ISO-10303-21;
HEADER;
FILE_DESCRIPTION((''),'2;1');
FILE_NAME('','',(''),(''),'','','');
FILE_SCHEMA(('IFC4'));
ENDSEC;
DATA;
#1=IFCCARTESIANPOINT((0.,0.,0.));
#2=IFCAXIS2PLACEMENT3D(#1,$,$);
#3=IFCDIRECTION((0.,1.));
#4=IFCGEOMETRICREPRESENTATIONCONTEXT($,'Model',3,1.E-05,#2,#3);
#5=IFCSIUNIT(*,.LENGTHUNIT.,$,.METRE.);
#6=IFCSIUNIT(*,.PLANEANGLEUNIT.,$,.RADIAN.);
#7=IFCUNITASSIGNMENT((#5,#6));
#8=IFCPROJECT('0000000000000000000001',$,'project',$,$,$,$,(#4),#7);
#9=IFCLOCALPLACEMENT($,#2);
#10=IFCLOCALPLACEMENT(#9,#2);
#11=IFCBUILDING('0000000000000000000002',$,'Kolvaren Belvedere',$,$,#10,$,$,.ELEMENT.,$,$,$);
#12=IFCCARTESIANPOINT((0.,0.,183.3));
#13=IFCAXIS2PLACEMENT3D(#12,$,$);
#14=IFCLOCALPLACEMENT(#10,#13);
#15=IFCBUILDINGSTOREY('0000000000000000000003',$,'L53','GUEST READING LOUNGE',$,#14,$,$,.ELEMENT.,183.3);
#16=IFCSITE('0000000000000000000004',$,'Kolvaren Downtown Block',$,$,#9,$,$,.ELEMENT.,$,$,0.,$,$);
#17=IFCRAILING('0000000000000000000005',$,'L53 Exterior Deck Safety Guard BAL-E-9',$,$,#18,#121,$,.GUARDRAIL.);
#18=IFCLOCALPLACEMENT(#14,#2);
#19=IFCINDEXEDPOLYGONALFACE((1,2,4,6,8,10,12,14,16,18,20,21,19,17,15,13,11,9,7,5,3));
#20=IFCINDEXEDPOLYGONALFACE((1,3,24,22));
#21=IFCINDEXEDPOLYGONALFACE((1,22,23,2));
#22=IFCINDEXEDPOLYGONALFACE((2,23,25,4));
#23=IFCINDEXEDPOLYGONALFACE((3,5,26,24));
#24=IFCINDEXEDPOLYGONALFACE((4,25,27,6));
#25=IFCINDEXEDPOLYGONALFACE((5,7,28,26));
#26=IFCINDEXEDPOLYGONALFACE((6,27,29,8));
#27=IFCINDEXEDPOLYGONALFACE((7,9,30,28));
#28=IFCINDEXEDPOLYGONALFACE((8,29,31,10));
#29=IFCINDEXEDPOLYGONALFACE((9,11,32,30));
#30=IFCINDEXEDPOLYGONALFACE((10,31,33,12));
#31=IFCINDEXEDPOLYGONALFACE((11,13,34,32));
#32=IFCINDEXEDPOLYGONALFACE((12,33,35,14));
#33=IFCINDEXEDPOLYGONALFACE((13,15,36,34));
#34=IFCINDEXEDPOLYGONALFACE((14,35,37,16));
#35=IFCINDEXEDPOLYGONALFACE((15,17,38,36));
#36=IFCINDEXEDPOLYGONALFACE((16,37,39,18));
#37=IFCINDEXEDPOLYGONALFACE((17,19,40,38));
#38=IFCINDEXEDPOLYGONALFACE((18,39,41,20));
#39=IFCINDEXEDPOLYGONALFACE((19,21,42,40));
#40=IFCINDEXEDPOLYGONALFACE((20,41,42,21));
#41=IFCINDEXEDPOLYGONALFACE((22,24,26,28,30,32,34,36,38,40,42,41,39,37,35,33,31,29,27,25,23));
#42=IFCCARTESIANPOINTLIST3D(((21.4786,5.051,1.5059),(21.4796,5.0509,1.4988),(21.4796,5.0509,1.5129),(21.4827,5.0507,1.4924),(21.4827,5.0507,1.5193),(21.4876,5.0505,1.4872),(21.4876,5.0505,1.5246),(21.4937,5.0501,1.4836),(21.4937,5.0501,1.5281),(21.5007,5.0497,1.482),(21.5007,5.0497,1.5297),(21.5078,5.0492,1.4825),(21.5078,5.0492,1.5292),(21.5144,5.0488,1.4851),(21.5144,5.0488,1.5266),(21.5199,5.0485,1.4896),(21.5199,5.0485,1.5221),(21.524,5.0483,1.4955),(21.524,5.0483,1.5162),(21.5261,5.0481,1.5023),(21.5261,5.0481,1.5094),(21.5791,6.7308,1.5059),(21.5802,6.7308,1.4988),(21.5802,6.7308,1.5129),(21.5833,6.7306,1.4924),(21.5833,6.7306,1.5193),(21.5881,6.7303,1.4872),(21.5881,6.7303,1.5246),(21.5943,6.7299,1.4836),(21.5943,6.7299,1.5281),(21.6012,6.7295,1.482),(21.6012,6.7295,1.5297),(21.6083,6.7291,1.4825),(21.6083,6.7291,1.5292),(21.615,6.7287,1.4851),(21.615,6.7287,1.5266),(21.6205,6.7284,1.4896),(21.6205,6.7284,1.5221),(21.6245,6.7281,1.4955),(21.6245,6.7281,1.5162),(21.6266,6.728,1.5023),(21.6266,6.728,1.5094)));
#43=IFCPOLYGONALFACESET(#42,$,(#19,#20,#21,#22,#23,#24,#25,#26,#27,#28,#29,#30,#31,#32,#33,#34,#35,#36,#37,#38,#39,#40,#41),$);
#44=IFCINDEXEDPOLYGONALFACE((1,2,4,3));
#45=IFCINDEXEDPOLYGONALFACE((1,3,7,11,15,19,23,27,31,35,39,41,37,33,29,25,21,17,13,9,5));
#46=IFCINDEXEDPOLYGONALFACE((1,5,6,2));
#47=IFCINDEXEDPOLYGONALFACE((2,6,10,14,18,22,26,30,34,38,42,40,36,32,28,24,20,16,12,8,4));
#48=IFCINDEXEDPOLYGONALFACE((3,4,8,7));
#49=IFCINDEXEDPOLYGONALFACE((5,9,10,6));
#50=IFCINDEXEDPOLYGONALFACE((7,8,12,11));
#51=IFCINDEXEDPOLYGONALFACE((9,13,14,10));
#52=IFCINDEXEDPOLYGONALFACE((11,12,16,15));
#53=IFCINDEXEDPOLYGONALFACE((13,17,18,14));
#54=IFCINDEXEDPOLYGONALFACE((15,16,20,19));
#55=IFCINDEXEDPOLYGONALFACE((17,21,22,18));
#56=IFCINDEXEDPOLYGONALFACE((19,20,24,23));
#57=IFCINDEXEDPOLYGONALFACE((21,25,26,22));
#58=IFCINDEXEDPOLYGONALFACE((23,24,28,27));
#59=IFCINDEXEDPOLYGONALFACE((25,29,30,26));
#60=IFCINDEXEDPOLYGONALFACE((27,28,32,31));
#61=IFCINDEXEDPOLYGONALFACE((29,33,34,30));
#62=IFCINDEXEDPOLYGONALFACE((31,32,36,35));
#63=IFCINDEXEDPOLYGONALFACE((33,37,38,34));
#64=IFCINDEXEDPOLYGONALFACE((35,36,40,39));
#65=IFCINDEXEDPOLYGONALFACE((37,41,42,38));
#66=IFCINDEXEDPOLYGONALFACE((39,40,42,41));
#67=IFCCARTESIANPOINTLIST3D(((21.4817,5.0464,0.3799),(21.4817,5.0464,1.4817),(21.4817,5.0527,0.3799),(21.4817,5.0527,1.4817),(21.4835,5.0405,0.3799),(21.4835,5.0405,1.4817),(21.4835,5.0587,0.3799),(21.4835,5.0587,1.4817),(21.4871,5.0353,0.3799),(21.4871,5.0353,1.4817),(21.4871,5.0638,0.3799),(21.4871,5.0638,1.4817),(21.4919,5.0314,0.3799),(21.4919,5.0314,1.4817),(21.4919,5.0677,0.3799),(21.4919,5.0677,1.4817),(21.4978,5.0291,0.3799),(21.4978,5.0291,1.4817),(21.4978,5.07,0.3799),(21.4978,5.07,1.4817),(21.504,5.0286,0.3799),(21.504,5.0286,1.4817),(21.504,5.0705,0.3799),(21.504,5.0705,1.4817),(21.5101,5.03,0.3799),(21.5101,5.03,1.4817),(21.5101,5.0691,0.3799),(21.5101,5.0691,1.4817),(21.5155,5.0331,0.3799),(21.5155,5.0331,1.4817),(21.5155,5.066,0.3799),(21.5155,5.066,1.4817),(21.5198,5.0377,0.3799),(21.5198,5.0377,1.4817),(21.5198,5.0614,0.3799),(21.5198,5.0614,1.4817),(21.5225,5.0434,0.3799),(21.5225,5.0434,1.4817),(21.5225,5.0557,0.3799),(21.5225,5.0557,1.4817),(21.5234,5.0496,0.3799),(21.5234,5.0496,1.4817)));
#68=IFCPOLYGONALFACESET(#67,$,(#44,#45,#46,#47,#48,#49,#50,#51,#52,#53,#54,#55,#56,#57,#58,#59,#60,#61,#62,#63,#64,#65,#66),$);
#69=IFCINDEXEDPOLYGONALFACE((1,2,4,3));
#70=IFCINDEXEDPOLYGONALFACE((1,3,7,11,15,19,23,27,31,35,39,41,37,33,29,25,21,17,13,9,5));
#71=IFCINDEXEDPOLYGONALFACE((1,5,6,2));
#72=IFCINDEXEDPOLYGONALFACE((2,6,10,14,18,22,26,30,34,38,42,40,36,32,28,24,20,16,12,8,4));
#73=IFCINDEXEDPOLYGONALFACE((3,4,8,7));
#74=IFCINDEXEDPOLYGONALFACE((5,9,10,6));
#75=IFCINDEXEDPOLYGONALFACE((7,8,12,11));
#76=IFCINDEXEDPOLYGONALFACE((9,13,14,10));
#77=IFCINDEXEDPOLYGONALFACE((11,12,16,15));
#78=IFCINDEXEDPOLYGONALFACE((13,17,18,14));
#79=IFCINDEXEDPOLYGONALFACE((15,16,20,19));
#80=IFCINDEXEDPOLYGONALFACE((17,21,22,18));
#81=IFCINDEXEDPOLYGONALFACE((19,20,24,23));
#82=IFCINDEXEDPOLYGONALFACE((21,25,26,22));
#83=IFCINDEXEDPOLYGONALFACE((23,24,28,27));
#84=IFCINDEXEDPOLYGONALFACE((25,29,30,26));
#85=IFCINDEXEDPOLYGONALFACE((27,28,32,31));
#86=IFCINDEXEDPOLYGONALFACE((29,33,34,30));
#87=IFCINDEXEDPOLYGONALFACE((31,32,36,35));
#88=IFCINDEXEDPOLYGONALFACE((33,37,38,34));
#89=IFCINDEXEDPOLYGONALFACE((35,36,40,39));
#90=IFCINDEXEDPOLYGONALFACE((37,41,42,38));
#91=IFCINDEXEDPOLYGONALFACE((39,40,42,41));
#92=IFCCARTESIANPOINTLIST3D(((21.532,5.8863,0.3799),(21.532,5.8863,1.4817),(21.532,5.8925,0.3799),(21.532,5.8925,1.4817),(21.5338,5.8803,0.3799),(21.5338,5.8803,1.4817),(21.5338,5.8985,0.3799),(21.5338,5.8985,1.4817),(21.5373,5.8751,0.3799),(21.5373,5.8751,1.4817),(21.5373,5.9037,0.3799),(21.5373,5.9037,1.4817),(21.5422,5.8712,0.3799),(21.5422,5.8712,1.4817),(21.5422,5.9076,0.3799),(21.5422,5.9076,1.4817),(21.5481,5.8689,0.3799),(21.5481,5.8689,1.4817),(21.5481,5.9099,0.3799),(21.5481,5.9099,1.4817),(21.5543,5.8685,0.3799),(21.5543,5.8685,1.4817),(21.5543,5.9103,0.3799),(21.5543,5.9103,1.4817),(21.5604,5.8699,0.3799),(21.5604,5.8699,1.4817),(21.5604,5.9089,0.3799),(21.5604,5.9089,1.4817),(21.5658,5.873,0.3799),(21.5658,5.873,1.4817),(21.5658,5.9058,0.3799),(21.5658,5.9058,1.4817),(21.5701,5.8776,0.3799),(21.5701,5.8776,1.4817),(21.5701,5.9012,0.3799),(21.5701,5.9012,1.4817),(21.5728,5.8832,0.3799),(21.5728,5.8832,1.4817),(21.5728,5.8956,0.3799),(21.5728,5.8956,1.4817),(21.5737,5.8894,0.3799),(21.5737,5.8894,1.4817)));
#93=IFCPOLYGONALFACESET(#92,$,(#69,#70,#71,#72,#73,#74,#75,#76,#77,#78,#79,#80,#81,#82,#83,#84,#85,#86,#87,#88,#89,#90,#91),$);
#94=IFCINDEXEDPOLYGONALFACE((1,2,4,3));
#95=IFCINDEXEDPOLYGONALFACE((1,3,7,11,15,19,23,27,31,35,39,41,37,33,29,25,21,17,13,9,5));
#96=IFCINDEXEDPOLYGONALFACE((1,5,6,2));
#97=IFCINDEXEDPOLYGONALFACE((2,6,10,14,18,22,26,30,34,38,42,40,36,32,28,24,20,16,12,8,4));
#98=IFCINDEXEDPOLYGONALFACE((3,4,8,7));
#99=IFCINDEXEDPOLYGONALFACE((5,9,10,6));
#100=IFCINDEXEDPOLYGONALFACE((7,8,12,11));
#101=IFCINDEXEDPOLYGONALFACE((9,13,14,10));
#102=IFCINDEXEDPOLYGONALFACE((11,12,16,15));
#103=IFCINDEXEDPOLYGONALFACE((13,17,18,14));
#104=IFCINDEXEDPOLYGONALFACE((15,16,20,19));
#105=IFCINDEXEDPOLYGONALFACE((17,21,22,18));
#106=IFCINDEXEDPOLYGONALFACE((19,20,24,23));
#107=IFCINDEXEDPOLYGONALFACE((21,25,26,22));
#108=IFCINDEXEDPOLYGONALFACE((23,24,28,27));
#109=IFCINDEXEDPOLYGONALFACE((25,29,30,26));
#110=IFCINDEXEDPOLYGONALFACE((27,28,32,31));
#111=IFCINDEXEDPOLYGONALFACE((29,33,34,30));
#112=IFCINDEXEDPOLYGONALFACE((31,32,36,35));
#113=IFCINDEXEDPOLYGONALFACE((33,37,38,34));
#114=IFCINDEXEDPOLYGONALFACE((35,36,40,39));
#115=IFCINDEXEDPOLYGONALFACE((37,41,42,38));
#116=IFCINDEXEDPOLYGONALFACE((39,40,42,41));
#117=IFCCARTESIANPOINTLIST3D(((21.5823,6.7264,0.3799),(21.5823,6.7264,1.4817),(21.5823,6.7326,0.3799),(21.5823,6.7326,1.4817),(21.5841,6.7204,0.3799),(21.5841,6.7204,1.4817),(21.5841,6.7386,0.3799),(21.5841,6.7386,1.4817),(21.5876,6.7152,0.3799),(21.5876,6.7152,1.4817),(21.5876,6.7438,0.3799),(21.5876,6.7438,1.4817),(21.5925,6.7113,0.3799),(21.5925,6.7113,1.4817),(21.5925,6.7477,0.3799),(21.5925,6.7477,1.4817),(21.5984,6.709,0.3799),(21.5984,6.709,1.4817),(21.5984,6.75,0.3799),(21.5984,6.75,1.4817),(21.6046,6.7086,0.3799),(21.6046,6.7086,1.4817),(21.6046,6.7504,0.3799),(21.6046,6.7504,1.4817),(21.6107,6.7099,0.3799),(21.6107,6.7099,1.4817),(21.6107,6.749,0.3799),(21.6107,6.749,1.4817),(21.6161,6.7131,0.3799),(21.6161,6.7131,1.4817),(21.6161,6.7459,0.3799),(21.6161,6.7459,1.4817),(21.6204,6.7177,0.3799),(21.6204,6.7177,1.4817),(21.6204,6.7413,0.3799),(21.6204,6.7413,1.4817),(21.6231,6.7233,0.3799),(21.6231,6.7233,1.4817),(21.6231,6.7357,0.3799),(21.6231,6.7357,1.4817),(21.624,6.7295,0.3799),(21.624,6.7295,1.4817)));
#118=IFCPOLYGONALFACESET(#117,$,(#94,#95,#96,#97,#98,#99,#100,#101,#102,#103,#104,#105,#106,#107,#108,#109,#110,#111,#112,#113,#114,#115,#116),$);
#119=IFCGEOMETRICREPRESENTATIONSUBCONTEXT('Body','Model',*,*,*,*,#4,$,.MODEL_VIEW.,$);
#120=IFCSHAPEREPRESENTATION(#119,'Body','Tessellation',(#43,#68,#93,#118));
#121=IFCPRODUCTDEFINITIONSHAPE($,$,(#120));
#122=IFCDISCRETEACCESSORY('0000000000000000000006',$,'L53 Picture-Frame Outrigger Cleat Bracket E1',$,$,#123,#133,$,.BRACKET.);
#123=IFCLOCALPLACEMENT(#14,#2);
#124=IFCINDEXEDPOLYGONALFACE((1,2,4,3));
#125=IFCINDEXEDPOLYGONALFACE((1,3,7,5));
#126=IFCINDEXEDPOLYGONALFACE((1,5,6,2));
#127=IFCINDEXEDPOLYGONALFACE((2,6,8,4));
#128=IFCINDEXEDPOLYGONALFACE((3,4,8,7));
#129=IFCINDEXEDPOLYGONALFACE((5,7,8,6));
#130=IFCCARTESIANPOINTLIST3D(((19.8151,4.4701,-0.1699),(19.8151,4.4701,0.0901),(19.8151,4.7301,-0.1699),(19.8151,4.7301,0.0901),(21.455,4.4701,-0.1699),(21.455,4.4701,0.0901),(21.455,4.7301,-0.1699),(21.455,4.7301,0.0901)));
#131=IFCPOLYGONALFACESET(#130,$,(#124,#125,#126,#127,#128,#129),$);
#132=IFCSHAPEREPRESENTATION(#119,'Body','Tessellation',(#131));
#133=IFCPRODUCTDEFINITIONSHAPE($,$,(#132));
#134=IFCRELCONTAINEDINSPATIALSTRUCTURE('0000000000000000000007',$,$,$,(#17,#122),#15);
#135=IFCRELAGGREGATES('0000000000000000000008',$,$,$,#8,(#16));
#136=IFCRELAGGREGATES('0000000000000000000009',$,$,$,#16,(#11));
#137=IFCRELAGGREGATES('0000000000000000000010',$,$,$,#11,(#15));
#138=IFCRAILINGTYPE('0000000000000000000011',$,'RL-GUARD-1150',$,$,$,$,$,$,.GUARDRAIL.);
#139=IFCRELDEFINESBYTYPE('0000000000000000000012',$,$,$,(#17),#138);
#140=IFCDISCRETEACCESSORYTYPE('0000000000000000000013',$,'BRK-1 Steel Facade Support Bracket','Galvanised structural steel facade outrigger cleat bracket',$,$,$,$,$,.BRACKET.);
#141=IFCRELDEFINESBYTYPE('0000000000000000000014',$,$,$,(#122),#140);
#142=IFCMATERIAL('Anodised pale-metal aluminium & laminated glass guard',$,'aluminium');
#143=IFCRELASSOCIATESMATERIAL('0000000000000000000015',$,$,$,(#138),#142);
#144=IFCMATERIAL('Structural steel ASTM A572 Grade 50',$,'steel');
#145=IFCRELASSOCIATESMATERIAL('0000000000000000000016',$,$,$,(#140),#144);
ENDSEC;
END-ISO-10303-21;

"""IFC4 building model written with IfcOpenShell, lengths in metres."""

from ifc_helpers import new_model, si_unit, direction, frame, origin, origin_2d, place, context, subcontext, project, spatial, rectangle, circle, extrude, material, type_object, element, save


model = new_model("IFC4")

# Units and contexts
model_context = context("Model", 3, precision=1e-05, world=origin(), true_north=direction((0.0, 1.0)))
body_context = subcontext(model_context, "Body", "Model", "MODEL_VIEW")
ifc_project = project(units=[si_unit("LENGTHUNIT", "METRE"), si_unit("PLANEANGLEUNIT", "RADIAN")], contexts=[model_context])

# Site, building, storey
site_placement = place(None, origin())
site = spatial("IfcSite", under=ifc_project, at=site_placement, Name="Kolvaren Downtown Block", CompositionType="ELEMENT", RefElevation=0.0)
building_placement = place(site_placement, origin())
building = spatial("IfcBuilding", under=site, at=building_placement, Name="Kolvaren Belvedere", CompositionType="ELEMENT")
storey_placement = place(building_placement, frame((0.0, 0.0, 183.3)))
storey = spatial("IfcBuildingStorey", under=building, at=storey_placement, Name="L53", Description="GUEST READING LOUNGE", CompositionType="ELEMENT", Elevation=183.3)

# Railing
ifc_material_1 = material(Name="Anodised pale-metal aluminium & laminated glass guard", Category="aluminium")
railing_type = type_object("IfcRailingType", Name="RL-GUARD-1150", PredefinedType="GUARDRAIL", material=ifc_material_1)
railing_1_placement = place(storey_placement, frame((21.5024, 5.0496, 0.3799)))
element("IfcRailing", 1, at=railing_1_placement, inside=storey, type_object=railing_type, Name="L53 Exterior Deck Safety Guard BAL-E-9", PredefinedType="GUARDRAIL", context=body_context, shape_type="SweptSolid", body=[
    extrude(circle(Radius=0.0239, at=origin_2d()), frame((0.0, 0.0, 1.126), z_axis=(0.059768, 0.998212, 0.0), x_axis=(-0.998212, 0.059768, 0.0)), (0.0, 0.0, 1.0), 1.6829),
    extrude(circle(Radius=0.021, at=origin_2d()), origin(), (0.0, 0.0, 1.0), 1.1018),
    extrude(circle(Radius=0.021, at=origin_2d()), frame((0.0503, 0.8398, 0.0)), (0.0, 0.0, 1.0), 1.1018),
    extrude(circle(Radius=0.021, at=origin_2d()), frame((0.1006, 1.6799, 0.0)), (0.0, 0.0, 1.0), 1.1018),
])

# Discrete accessory
ifc_material_2 = material(Name="Structural steel ASTM A572 Grade 50", Category="steel")
discrete_accessory_type = type_object("IfcDiscreteAccessoryType", Name="BRK-1 Steel Facade Support Bracket", Description="Galvanised structural steel facade outrigger cleat bracket", PredefinedType="BRACKET", material=ifc_material_2)
discrete_accessory_placement = place(storey_placement, frame((20.635, 4.6001, -0.1699), z_axis=(0.0, 0.0, 1.0), x_axis=(1.0, 0.0, 0.0)))
element("IfcDiscreteAccessory", 2, at=discrete_accessory_placement, inside=storey, type_object=discrete_accessory_type, Name="L53 Picture-Frame Outrigger Cleat Bracket E1", PredefinedType="BRACKET", context=body_context, shape_type="SweptSolid", body=[
    extrude(rectangle(XDim=1.6399, YDim=0.26, at=origin_2d()), origin(), (0.0, 0.0, 1.0), 0.26),
])

save(model, "model.ifc")
